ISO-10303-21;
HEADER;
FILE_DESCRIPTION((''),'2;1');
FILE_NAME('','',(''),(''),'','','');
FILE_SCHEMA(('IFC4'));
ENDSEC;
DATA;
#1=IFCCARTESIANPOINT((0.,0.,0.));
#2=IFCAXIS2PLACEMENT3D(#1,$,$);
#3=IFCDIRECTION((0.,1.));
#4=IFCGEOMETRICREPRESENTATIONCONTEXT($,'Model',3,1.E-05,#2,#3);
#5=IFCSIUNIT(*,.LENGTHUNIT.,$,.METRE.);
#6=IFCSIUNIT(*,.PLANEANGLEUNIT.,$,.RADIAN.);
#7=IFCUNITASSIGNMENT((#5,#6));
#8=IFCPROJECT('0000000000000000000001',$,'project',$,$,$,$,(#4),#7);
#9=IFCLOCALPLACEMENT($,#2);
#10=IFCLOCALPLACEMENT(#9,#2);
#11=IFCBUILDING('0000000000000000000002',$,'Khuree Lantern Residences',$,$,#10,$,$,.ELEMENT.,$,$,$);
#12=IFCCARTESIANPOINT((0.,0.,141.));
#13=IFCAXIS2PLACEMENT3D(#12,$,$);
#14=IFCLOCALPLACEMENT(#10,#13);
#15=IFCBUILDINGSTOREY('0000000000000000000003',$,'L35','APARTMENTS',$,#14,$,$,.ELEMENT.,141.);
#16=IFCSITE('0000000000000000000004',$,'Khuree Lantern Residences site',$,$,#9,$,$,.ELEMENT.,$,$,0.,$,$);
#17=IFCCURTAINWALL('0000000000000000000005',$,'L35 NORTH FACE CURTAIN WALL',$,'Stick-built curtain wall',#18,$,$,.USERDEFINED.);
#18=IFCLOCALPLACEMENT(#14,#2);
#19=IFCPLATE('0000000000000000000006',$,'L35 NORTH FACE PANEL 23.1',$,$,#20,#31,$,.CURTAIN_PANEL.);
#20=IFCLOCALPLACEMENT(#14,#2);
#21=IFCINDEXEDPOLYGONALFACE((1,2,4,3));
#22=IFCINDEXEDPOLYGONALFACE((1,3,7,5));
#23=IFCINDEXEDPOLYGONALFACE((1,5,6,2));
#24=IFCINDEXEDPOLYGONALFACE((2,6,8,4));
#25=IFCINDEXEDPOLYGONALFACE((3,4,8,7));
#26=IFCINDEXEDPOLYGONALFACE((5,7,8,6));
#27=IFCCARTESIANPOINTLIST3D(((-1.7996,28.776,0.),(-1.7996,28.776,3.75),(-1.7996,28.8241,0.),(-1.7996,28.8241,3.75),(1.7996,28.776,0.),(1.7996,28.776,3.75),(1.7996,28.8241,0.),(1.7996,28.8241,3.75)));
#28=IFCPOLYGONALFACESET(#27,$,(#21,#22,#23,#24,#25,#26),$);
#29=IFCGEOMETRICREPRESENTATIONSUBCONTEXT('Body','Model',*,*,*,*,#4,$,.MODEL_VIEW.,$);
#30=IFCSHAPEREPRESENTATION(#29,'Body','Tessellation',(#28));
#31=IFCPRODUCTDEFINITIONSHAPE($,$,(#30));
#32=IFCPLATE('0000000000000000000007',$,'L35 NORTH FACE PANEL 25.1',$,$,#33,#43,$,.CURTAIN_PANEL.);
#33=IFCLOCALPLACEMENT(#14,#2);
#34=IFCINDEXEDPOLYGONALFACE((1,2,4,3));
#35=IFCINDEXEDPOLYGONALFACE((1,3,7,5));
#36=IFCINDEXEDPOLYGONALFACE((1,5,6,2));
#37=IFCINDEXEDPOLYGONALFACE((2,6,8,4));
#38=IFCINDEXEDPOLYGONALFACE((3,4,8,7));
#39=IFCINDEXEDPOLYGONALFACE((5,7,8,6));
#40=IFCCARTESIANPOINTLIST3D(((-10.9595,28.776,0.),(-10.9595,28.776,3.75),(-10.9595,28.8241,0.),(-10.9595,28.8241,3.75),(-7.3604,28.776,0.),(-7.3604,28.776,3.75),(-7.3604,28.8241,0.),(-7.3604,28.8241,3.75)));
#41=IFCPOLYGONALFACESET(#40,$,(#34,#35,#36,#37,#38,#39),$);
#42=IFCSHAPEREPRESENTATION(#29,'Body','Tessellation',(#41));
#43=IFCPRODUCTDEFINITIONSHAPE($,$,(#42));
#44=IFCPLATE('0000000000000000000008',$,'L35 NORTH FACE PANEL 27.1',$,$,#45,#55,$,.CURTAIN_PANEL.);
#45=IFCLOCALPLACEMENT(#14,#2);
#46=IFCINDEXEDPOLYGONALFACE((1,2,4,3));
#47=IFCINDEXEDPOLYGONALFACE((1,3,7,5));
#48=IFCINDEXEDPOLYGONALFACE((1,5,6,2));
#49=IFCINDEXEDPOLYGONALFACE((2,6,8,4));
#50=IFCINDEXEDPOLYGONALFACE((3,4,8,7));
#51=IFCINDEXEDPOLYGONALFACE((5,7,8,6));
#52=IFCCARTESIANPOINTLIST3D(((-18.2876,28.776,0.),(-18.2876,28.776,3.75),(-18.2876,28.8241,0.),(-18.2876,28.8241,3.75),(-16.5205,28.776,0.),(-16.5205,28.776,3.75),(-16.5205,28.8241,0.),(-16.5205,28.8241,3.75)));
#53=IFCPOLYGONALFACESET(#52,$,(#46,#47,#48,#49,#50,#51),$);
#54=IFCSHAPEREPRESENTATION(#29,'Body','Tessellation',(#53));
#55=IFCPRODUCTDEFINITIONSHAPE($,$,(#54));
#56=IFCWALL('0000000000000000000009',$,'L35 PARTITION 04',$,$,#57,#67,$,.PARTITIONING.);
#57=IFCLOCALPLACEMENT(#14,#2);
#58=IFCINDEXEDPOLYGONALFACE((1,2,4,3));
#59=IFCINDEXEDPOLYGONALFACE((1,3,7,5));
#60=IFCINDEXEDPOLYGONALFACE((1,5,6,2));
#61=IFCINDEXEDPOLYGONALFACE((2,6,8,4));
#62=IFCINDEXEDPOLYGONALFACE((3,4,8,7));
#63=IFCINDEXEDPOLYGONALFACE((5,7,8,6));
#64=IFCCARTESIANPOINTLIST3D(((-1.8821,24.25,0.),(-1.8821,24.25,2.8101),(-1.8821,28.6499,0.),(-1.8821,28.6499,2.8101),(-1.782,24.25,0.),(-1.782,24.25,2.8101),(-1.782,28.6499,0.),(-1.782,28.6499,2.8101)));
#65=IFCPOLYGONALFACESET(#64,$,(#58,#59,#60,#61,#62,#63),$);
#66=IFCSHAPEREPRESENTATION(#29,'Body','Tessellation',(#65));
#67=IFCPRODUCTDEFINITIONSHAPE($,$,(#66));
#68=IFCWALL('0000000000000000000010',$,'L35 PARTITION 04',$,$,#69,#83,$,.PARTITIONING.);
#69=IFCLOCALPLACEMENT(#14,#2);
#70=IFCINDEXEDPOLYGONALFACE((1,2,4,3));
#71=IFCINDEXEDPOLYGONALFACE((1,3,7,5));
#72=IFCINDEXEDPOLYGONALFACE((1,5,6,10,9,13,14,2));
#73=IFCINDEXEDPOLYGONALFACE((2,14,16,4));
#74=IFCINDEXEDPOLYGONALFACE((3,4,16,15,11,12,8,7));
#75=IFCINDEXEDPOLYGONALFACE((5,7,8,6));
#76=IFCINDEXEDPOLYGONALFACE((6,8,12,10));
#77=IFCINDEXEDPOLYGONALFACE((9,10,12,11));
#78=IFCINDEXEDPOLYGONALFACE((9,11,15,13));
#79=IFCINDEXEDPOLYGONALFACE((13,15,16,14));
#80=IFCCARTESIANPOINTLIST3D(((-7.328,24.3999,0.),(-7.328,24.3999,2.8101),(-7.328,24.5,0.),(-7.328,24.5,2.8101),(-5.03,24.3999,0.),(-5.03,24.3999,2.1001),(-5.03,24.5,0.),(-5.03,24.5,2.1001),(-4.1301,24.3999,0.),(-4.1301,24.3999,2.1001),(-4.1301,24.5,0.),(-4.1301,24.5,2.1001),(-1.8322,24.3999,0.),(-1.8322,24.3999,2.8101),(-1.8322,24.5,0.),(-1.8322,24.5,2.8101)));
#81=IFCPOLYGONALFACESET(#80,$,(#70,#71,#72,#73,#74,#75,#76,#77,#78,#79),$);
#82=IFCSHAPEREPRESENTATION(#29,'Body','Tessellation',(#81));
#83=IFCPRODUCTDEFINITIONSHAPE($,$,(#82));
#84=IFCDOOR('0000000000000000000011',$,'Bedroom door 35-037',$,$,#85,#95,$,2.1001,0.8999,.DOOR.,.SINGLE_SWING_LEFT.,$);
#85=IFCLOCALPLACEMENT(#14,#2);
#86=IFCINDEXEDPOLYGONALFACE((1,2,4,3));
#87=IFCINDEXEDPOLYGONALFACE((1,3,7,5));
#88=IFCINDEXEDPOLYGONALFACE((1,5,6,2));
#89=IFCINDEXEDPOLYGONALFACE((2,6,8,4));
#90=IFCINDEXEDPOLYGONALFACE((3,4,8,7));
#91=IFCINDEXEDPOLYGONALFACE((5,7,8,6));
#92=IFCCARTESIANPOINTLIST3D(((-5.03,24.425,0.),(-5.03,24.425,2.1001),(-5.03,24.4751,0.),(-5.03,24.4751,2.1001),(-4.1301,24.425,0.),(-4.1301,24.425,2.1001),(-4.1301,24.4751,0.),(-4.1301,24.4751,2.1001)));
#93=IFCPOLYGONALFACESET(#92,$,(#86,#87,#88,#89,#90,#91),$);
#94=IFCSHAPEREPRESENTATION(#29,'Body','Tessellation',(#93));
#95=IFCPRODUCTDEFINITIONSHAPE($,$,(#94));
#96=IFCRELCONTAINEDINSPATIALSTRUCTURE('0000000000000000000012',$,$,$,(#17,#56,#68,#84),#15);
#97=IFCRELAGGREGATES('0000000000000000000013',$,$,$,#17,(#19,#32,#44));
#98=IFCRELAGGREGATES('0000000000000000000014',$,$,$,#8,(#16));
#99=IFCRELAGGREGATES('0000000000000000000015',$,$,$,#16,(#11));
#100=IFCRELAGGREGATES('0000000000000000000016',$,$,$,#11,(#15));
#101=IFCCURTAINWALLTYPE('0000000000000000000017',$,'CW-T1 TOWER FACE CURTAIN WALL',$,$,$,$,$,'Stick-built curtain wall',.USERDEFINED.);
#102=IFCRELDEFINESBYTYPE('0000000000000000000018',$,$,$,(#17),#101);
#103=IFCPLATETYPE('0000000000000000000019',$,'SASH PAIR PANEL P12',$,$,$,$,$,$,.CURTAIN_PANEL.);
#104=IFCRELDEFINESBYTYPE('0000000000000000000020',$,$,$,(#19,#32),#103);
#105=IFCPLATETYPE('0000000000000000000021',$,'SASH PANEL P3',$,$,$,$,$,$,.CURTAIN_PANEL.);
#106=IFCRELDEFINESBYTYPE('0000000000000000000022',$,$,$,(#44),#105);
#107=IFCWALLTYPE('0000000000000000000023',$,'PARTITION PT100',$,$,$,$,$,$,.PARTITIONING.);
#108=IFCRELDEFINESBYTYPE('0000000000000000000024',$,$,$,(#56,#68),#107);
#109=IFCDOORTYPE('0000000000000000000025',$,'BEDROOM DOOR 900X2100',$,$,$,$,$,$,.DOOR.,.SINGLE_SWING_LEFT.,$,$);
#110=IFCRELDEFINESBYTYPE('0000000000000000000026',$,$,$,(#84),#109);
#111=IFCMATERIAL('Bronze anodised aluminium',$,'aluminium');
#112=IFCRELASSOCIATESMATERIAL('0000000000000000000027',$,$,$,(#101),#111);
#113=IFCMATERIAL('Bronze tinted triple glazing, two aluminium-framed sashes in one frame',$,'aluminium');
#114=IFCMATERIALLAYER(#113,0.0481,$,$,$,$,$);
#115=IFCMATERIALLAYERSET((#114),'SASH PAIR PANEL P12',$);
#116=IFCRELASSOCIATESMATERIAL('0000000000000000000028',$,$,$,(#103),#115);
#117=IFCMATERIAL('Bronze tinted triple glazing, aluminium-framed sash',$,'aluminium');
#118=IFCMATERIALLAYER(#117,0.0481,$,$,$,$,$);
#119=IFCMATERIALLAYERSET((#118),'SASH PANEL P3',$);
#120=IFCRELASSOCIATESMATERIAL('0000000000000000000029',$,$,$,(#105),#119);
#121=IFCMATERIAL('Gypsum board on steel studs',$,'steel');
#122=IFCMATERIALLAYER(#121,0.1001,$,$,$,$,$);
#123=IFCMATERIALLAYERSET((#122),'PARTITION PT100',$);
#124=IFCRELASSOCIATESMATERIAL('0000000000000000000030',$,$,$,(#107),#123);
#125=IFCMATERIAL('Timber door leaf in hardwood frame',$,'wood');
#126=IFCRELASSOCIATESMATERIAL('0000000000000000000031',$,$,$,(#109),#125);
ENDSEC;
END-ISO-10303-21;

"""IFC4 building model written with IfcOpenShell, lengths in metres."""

from ifc_helpers import new_model, si_unit, direction, frame, frame_2d, origin, origin_2d, place, context, subcontext, project, spatial, rectangle, extrude, material, layer, layer_set, type_object, element, fill, aggregate, save


model = new_model("IFC4")

# Units and contexts
model_context = context("Model", 3, precision=1e-05, world=origin(), true_north=direction((0.0, 1.0)))
body_context = subcontext(model_context, "Body", "Model", "MODEL_VIEW")
ifc_project = project(units=[si_unit("LENGTHUNIT", "METRE"), si_unit("PLANEANGLEUNIT", "RADIAN")], contexts=[model_context])

# Site, building, storey
site_placement = place(None, origin())
site = spatial("IfcSite", under=ifc_project, at=site_placement, Name="Khuree Lantern Residences site", CompositionType="ELEMENT", RefElevation=0.0)
building_placement = place(site_placement, origin())
building = spatial("IfcBuilding", under=site, at=building_placement, Name="Khuree Lantern Residences", CompositionType="ELEMENT")
storey_placement = place(building_placement, frame((0.0, 0.0, 141.0)))
storey = spatial("IfcBuildingStorey", under=building, at=storey_placement, Name="L35", Description="APARTMENTS", CompositionType="ELEMENT", Elevation=141.0)

# Curtain wall
ifc_material_1 = material(Name="Bronze anodised aluminium", Category="aluminium")
curtain_wall_type = type_object("IfcCurtainWallType", Name="CW-T1 TOWER FACE CURTAIN WALL", ElementType="Stick-built curtain wall", PredefinedType="USERDEFINED", material=ifc_material_1)
curtain_wall_placement = place(storey_placement, origin())
curtain_wall = element("IfcCurtainWall", 1, at=curtain_wall_placement, inside=storey, type_object=curtain_wall_type, Name="L35 NORTH FACE CURTAIN WALL", ObjectType="Stick-built curtain wall", PredefinedType="USERDEFINED")

# Plates
ifc_material_2 = material(Name="Bronze tinted triple glazing, two aluminium-framed sashes in one frame", Category="aluminium")
ifc_layer_1 = layer(ifc_material_2, 0.0481)
ifc_layer_set_1 = layer_set([ifc_layer_1], Name="SASH PAIR PANEL P12")
plate_type_1 = type_object("IfcPlateType", Name="SASH PAIR PANEL P12", PredefinedType="CURTAIN_PANEL", material=ifc_layer_set_1)
plate_1_placement = place(storey_placement, frame((0.0, 28.8, 0.0), z_axis=(0.0, 0.0, 1.0), x_axis=(-1.0, 0.0, 0.0)))
plate_1 = element("IfcPlate", 2, at=plate_1_placement, type_object=plate_type_1, Name="L35 NORTH FACE PANEL 23.1", PredefinedType="CURTAIN_PANEL", context=body_context, shape_type="SweptSolid", body=[
    extrude(rectangle(XDim=3.5991, YDim=0.0481, at=origin_2d()), origin(), (0.0, 0.0, 1.0), 3.75),
])
plate_2_placement = place(storey_placement, frame((-9.1599, 28.8, 0.0), z_axis=(0.0, 0.0, 1.0), x_axis=(-1.0, 0.0, 0.0)))
plate_2 = element("IfcPlate", 3, at=plate_2_placement, type_object=plate_type_1, Name="L35 NORTH FACE PANEL 25.1", PredefinedType="CURTAIN_PANEL", context=body_context, shape_type="SweptSolid", body=[
    extrude(rectangle(XDim=3.5991, YDim=0.0481, at=origin_2d()), origin(), (0.0, 0.0, 1.0), 3.75),
])
ifc_material_3 = material(Name="Bronze tinted triple glazing, aluminium-framed sash", Category="aluminium")
ifc_layer_2 = layer(ifc_material_3, 0.0481)
ifc_layer_set_2 = layer_set([ifc_layer_2], Name="SASH PANEL P3")
plate_type_2 = type_object("IfcPlateType", Name="SASH PANEL P3", PredefinedType="CURTAIN_PANEL", material=ifc_layer_set_2)
plate_3_placement = place(storey_placement, frame((-17.4041, 28.8, 0.0), z_axis=(0.0, 0.0, 1.0), x_axis=(-1.0, 0.0, 0.0)))
plate_3 = element("IfcPlate", 4, at=plate_3_placement, type_object=plate_type_2, Name="L35 NORTH FACE PANEL 27.1", PredefinedType="CURTAIN_PANEL", context=body_context, shape_type="SweptSolid", body=[
    extrude(rectangle(XDim=1.7671, YDim=0.0481, at=origin_2d()), origin(), (0.0, 0.0, 1.0), 3.75),
])
aggregate(curtain_wall, [plate_1, plate_2, plate_3])

# Wall
ifc_material_4 = material(Name="Gypsum board on steel studs", Category="steel")
ifc_layer_3 = layer(ifc_material_4, 0.1001)
ifc_layer_set_3 = layer_set([ifc_layer_3], Name="PARTITION PT100")
wall_type = type_object("IfcWallType", Name="PARTITION PT100", PredefinedType="PARTITIONING", material=ifc_layer_set_3)
wall_1_placement = place(storey_placement, frame((-1.832, 24.25, 0.0), z_axis=(0.0, 0.0, 1.0), x_axis=(0.0, 1.0, 0.0)))
element("IfcWall", 5, at=wall_1_placement, inside=storey, type_object=wall_type, Name="L35 PARTITION 04", PredefinedType="PARTITIONING", context=body_context, shape_type="SweptSolid", body=[
    extrude(rectangle(XDim=4.3999, YDim=0.1001, at=frame_2d((2.2, 0.0))), origin(), (0.0, 0.0, 1.0), 2.8101),
])

# Wall, opening, door
wall_2_placement = place(storey_placement, frame((-1.832, 24.45, 0.0), z_axis=(0.0, 0.0, 1.0), x_axis=(-1.0, 0.0, 0.0)))
wall_2 = element("IfcWall", 6, at=wall_2_placement, inside=storey, type_object=wall_type, Name="L35 PARTITION 04", PredefinedType="PARTITIONING", context=body_context, shape_type="SweptSolid", body=[
    extrude(rectangle(XDim=5.4958, YDim=0.1001, at=frame_2d((2.748, 0.0))), origin(), (0.0, 0.0, 1.0), 2.8101),
])
opening_placement = place(wall_2_placement, frame((2.2981, 0.0, 0.0)))
opening = element("IfcOpeningElement", 7, at=opening_placement, cuts=wall_2, PredefinedType="OPENING", context=body_context, shape_type="SweptSolid", body=[
    extrude(rectangle(XDim=0.8999, YDim=2.1001, at=frame_2d((0.45, 1.05))), frame((0.0, 0.0601, 0.0), z_axis=(0.0, -1.0, 0.0), x_axis=(1.0, 0.0, 0.0)), (0.0, 0.0, 1.0), 0.1201),
])
ifc_material_5 = material(Name="Timber door leaf in hardwood frame", Category="wood")
door_type = type_object("IfcDoorType", Name="BEDROOM DOOR 900X2100", OperationType="SINGLE_SWING_LEFT", PredefinedType="DOOR", material=ifc_material_5)
door_placement = place(opening_placement, origin())
door = element("IfcDoor", 8, at=door_placement, inside=storey, type_object=door_type, Name="Bedroom door 35-037", OperationType="SINGLE_SWING_LEFT", OverallHeight=2.1001, OverallWidth=0.8999, PredefinedType="DOOR", context=body_context, shape_type="SweptSolid", body=[
    extrude(rectangle(XDim=0.8999, YDim=2.1001, at=frame_2d((0.45, 1.05))), frame((0.0, 0.0249, 0.0), z_axis=(0.0, -1.0, 0.0), x_axis=(1.0, 0.0, 0.0)), (0.0, 0.0, 1.0), 0.05),
])
fill(opening, door)

save(model, "model.ifc")
